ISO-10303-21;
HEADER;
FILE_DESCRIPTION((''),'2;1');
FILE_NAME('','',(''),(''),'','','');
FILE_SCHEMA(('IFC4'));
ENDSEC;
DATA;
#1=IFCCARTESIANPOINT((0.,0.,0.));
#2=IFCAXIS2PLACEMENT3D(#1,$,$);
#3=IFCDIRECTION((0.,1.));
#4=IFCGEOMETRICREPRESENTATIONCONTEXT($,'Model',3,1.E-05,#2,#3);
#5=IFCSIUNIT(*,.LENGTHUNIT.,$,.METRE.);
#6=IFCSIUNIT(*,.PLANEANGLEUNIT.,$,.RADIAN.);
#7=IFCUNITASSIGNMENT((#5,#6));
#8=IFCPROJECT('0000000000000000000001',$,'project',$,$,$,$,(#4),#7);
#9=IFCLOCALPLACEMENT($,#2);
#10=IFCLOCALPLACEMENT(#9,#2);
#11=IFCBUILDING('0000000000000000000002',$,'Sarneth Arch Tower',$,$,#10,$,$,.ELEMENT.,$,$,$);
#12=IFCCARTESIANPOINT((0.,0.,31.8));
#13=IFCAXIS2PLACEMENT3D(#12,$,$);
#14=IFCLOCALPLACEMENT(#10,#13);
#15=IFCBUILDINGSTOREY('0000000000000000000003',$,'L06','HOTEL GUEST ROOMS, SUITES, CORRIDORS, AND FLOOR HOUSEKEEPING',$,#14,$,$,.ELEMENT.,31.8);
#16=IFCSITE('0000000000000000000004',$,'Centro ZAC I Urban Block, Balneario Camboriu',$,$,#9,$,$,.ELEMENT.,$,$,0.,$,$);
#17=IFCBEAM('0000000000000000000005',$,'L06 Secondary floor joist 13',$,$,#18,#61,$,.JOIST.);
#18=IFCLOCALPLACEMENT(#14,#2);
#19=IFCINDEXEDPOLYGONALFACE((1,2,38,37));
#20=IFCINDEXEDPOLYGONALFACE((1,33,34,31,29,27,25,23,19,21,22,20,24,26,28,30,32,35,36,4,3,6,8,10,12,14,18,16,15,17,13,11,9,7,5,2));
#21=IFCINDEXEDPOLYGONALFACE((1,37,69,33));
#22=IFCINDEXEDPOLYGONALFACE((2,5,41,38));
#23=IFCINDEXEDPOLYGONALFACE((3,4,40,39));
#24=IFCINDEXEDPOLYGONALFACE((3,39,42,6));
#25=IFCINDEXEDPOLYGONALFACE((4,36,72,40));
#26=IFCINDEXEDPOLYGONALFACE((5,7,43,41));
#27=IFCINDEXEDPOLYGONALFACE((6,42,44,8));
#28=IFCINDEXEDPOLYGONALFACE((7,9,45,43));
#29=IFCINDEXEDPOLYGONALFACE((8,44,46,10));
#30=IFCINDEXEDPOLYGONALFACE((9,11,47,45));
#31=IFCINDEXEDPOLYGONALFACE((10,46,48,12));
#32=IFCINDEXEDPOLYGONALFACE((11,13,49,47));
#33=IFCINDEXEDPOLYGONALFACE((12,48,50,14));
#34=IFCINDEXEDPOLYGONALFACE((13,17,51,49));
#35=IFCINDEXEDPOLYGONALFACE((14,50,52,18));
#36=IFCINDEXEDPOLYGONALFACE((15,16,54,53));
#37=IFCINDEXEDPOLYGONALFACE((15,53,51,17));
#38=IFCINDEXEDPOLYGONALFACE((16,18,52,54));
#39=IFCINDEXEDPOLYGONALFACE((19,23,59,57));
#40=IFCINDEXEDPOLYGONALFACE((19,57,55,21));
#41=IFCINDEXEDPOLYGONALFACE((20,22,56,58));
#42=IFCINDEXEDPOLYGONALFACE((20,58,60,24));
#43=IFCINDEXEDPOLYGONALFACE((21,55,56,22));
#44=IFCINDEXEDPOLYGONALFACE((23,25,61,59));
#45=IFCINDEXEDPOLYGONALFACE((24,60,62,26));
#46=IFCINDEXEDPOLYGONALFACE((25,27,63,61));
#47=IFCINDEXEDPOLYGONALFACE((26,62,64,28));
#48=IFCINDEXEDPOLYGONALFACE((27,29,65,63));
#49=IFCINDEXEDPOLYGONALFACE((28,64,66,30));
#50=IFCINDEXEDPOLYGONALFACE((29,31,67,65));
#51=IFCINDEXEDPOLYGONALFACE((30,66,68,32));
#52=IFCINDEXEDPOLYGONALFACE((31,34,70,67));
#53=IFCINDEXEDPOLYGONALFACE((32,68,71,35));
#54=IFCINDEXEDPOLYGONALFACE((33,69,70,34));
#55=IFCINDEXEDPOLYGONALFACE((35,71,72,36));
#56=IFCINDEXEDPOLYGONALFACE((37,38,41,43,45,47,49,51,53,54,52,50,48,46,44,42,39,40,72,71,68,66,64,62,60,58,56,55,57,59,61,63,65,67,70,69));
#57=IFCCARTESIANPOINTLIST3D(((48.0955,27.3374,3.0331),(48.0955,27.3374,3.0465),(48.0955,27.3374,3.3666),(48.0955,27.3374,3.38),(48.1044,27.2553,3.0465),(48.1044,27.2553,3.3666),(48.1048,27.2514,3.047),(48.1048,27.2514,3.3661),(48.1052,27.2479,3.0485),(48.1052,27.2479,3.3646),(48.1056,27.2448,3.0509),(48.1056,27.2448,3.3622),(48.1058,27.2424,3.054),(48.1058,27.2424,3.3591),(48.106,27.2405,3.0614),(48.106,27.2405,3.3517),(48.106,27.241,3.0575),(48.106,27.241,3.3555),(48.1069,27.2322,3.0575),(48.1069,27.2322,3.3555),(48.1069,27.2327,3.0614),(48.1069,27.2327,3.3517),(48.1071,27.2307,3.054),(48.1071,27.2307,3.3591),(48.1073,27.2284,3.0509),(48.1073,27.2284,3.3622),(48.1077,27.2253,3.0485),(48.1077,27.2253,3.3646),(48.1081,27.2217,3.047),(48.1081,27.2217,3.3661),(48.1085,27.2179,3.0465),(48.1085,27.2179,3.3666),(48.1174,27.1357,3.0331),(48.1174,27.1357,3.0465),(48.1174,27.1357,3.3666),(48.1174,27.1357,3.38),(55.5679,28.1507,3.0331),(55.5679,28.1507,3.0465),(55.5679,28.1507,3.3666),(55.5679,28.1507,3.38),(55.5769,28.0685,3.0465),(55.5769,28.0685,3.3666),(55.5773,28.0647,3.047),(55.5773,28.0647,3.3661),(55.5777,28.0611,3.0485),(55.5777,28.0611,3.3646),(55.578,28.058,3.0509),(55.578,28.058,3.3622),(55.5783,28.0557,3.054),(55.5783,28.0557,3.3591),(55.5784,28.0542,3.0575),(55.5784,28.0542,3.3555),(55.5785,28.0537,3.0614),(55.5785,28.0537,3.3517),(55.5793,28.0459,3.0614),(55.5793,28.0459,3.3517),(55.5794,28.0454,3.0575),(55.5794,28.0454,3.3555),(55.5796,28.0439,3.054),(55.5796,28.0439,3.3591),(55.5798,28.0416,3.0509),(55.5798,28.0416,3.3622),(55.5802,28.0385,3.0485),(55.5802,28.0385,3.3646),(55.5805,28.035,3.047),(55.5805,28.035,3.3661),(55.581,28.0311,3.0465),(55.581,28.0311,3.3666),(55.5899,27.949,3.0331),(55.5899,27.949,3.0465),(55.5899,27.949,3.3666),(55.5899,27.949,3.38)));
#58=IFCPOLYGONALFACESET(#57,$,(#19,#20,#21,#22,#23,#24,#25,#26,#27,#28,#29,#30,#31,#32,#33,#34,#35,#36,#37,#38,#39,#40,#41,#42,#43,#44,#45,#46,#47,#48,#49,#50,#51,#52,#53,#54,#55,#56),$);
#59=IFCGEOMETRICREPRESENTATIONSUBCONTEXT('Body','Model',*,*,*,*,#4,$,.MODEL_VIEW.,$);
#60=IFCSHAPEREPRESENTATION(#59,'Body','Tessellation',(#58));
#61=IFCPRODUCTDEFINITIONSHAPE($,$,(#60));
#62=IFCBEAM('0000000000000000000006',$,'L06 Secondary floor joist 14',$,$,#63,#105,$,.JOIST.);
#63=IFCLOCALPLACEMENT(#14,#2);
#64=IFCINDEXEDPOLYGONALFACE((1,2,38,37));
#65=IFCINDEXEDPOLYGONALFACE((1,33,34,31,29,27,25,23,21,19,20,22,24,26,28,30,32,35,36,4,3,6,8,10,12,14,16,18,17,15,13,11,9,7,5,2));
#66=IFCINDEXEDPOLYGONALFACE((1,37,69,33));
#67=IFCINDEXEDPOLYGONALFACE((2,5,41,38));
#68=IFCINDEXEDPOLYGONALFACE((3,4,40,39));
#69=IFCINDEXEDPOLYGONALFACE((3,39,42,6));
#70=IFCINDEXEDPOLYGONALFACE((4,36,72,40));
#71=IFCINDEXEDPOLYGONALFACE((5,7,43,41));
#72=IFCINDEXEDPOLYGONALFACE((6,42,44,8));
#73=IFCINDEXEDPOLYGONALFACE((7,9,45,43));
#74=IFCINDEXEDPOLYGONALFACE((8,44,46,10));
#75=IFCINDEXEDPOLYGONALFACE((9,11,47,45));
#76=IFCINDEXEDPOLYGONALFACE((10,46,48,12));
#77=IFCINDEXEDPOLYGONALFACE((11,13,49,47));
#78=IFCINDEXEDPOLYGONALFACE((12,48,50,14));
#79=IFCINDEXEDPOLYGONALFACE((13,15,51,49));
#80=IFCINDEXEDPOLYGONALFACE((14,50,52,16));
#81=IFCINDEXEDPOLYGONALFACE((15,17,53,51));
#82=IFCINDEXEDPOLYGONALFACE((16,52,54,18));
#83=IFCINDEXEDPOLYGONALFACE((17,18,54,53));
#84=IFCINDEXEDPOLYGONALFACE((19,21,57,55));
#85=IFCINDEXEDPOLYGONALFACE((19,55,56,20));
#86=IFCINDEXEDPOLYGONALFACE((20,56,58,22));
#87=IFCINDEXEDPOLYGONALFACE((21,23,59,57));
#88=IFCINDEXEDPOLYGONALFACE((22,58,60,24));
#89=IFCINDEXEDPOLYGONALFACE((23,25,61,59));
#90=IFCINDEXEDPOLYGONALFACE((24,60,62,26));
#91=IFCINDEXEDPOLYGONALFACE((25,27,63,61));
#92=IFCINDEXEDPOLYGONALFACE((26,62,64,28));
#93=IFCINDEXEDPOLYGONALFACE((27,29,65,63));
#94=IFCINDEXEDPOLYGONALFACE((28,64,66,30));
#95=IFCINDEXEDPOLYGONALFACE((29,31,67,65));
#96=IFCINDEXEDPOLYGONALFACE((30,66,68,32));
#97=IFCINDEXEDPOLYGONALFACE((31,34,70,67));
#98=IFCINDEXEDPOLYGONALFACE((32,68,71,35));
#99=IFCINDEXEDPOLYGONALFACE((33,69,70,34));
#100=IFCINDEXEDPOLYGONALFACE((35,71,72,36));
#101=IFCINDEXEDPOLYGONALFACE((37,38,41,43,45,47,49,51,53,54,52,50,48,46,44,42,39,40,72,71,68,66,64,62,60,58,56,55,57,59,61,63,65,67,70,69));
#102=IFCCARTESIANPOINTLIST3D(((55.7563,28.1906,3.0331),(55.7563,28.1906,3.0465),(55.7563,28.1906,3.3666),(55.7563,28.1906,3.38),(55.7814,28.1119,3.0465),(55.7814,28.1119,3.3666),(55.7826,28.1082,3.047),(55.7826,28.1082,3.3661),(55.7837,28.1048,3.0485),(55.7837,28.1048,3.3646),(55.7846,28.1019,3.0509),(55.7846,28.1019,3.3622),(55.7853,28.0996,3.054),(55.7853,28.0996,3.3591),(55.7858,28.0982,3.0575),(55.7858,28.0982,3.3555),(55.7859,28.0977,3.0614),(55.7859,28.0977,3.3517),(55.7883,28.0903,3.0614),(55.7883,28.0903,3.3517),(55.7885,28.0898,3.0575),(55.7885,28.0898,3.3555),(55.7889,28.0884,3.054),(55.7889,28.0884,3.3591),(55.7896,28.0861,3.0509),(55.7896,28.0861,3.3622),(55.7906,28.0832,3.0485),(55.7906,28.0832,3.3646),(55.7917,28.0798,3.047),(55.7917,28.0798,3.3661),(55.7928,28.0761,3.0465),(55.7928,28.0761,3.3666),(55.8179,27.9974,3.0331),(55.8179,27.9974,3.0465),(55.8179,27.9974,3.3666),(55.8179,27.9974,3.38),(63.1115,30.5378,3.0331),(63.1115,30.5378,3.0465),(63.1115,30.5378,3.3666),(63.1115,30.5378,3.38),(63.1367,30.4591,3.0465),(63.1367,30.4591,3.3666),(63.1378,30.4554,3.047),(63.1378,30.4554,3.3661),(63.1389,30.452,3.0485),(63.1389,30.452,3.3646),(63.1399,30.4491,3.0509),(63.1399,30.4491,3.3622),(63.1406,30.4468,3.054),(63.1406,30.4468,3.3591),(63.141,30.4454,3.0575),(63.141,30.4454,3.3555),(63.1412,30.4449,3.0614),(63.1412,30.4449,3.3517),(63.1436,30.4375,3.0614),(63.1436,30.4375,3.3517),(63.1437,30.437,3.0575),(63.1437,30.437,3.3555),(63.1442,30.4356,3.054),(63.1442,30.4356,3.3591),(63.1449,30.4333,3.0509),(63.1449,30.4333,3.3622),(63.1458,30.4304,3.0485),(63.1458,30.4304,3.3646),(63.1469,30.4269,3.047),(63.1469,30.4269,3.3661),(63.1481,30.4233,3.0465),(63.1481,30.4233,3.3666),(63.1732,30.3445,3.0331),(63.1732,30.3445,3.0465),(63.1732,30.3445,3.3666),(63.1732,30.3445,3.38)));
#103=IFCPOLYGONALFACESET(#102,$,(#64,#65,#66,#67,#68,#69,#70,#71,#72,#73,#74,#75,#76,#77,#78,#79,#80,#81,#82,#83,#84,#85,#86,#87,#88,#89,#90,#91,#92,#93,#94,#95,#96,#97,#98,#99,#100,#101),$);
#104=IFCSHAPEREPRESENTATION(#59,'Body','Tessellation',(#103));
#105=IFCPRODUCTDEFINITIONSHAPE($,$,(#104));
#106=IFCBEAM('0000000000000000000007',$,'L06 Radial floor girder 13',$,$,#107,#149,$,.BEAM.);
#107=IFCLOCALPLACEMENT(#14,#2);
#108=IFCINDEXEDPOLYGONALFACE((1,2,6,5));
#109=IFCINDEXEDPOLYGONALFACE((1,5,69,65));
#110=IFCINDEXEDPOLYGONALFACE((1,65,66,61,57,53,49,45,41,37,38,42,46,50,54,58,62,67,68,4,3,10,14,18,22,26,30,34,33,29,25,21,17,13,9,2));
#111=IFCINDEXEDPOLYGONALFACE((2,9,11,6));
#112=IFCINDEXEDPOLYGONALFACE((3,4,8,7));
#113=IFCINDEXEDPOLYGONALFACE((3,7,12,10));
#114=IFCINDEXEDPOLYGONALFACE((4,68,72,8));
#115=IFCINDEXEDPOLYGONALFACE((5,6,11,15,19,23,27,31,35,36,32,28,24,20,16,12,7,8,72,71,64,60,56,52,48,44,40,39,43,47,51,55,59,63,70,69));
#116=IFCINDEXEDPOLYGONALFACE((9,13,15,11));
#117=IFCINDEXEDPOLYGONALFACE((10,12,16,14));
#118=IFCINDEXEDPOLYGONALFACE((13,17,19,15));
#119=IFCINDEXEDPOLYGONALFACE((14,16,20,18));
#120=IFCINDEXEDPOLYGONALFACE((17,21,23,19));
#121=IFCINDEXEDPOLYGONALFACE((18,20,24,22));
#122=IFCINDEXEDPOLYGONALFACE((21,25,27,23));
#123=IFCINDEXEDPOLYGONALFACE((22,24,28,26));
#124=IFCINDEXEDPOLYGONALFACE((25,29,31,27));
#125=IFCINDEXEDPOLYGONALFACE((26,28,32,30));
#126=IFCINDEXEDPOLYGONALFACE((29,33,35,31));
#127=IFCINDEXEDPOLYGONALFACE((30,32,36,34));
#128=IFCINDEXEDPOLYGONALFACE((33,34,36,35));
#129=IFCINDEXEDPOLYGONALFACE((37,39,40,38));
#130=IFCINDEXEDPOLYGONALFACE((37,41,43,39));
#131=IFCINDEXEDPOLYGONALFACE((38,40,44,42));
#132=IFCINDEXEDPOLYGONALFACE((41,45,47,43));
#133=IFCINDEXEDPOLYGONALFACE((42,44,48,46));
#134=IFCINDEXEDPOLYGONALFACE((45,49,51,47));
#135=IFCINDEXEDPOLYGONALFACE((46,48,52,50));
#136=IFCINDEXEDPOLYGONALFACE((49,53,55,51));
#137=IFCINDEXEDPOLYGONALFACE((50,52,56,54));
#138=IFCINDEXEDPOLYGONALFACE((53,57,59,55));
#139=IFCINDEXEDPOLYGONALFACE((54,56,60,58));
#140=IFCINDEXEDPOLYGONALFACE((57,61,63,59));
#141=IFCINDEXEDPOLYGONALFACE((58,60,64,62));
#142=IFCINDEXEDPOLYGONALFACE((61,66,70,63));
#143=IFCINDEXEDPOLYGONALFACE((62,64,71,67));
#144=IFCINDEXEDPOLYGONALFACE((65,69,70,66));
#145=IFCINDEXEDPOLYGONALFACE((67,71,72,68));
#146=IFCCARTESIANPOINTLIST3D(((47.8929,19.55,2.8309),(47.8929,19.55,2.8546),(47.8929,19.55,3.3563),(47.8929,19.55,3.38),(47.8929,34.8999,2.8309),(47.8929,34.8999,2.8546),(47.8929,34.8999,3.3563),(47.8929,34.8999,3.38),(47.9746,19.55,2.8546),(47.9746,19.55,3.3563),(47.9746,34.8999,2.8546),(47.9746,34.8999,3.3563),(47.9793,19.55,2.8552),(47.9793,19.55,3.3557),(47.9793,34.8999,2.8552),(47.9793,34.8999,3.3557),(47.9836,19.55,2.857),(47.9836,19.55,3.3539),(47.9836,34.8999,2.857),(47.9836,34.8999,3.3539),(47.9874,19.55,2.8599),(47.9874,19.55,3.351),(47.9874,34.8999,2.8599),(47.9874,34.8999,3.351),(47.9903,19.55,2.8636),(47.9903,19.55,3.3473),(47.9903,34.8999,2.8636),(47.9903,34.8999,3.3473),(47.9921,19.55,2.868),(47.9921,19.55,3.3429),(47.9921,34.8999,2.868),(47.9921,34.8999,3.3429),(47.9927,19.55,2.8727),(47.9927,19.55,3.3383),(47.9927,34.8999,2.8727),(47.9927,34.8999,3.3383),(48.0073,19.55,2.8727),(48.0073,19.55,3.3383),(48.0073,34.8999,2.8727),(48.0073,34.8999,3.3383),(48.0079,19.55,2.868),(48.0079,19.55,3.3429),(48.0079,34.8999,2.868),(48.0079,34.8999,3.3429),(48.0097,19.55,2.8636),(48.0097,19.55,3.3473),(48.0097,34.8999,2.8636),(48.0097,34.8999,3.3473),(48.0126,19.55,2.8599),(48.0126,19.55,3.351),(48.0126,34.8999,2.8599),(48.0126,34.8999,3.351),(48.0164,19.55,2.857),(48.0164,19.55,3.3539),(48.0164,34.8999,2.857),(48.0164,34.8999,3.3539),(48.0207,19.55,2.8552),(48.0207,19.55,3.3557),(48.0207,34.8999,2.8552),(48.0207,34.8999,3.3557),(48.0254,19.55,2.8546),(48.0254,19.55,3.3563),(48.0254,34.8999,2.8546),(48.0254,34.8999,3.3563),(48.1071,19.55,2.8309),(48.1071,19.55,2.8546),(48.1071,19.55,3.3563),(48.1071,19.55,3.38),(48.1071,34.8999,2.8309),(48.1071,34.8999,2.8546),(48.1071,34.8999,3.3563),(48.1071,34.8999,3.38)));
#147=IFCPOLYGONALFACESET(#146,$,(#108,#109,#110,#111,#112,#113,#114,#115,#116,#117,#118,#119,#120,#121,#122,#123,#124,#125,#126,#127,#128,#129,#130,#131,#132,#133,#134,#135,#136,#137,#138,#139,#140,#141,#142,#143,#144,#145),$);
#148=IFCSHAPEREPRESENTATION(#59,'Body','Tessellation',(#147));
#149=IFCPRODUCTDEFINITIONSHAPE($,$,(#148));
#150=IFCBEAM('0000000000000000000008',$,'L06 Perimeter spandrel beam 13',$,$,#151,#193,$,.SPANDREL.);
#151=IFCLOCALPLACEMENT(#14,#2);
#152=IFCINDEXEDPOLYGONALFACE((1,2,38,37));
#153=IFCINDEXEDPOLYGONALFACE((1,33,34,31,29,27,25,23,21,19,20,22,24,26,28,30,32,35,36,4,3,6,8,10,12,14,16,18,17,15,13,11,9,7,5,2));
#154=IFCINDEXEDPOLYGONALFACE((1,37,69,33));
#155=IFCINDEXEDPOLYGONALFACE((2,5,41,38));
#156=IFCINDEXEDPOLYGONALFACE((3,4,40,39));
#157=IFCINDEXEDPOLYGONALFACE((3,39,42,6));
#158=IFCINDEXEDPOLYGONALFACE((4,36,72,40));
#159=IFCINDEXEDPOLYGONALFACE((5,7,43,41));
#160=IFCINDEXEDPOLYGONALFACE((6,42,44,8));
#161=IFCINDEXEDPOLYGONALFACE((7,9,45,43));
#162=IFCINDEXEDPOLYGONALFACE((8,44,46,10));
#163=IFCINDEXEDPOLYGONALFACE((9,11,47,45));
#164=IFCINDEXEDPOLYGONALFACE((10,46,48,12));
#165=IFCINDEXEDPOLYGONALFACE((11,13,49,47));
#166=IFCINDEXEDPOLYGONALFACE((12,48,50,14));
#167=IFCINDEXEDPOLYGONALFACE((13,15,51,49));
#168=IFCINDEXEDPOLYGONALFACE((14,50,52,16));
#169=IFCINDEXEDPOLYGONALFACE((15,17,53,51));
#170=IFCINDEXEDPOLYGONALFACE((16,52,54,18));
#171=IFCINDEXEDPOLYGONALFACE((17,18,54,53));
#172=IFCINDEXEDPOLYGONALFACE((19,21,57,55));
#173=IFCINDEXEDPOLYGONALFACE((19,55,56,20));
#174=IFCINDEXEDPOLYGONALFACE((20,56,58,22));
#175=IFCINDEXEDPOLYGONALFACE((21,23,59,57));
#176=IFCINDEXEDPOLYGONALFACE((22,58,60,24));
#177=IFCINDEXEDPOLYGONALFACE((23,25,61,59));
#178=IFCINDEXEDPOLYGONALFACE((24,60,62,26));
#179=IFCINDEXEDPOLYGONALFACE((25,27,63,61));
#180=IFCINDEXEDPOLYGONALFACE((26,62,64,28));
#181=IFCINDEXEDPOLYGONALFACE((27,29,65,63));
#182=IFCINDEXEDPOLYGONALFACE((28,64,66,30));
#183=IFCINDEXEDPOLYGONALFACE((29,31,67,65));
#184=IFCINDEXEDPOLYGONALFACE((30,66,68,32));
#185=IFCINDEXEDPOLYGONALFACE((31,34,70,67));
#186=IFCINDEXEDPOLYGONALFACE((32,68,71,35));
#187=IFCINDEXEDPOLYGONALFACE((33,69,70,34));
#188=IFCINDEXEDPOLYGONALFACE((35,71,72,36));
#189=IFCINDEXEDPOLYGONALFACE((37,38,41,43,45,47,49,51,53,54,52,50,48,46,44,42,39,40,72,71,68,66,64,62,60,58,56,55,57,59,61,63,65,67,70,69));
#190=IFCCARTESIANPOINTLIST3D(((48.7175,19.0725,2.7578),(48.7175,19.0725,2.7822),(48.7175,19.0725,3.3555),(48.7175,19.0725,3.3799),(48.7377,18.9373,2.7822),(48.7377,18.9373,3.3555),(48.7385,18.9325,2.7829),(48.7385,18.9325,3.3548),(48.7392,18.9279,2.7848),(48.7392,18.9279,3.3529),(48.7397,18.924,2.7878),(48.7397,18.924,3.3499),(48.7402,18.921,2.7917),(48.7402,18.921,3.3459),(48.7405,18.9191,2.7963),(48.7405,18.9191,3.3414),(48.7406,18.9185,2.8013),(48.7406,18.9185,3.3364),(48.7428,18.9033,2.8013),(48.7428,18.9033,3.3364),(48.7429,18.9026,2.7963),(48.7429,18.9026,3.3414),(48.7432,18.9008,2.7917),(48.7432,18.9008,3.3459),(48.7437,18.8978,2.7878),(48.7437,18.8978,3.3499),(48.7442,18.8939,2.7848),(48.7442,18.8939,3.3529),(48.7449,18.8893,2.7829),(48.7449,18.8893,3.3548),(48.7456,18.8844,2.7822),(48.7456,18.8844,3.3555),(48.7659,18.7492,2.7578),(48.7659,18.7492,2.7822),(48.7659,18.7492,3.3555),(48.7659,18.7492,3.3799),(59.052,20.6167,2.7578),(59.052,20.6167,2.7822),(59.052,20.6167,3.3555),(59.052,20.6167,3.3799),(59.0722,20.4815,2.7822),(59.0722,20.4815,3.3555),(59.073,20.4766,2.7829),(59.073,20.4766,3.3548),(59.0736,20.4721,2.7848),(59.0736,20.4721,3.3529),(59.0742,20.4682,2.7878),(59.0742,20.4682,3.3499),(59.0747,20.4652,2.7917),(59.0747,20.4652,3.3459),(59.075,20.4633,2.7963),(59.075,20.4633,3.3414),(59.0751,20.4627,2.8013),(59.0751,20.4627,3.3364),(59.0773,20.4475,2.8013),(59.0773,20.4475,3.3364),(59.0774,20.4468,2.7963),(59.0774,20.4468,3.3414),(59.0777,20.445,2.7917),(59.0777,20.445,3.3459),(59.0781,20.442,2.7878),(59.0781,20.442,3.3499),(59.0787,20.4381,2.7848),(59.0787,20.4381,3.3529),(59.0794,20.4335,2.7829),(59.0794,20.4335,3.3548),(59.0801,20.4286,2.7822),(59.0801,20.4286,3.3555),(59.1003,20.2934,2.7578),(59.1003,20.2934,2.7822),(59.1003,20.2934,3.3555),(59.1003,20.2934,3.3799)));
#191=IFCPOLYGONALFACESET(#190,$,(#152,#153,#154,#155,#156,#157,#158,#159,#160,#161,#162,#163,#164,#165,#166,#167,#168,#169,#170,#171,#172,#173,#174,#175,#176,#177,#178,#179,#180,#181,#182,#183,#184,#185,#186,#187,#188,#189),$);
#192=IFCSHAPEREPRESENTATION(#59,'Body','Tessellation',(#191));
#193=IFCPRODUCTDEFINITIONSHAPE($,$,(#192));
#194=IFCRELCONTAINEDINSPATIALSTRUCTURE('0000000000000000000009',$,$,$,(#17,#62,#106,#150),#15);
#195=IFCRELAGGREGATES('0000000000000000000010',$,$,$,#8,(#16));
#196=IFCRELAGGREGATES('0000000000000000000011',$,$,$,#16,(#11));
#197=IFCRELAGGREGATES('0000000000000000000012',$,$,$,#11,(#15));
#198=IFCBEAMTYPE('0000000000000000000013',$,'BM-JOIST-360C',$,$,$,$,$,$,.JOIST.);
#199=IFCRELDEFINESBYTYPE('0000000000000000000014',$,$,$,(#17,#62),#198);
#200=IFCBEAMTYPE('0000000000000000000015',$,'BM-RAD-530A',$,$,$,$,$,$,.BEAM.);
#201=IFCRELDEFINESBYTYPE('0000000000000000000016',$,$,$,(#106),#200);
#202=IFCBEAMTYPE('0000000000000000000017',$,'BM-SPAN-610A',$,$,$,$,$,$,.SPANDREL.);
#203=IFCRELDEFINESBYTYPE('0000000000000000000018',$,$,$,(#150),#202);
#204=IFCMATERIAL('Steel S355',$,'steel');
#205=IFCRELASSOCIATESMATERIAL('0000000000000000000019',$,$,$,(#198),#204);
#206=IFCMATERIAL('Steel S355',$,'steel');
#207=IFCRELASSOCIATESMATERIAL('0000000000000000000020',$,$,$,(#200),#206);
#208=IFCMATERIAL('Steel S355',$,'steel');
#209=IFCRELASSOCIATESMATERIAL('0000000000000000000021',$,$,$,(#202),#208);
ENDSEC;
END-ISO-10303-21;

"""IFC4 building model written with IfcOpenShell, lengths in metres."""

from ifc_helpers import new_model, si_unit, direction, frame, origin, origin_2d, place, context, subcontext, project, spatial, i_section, extrude, material, material_profile, profile_set, type_object, element, save


model = new_model("IFC4")

# Units and contexts
model_context = context("Model", 3, precision=1e-05, world=origin(), true_north=direction((0.0, 1.0)))
body_context = subcontext(model_context, "Body", "Model", "MODEL_VIEW")
ifc_project = project(units=[si_unit("LENGTHUNIT", "METRE"), si_unit("PLANEANGLEUNIT", "RADIAN")], contexts=[model_context])

# Site, building, storey
site_placement = place(None, origin())
site = spatial("IfcSite", under=ifc_project, at=site_placement, Name="Centro ZAC I Urban Block, Balneario Camboriu", CompositionType="ELEMENT", RefElevation=0.0)
building_placement = place(site_placement, origin())
building = spatial("IfcBuilding", under=site, at=building_placement, Name="Sarneth Arch Tower", CompositionType="ELEMENT")
storey_placement = place(building_placement, frame((0.0, 0.0, 31.8)))
storey = spatial("IfcBuildingStorey", under=building, at=storey_placement, Name="L06", Description="HOTEL GUEST ROOMS, SUITES, CORRIDORS, AND FLOOR HOUSEKEEPING", CompositionType="ELEMENT", Elevation=31.8)

# Beams
ifc_material_1 = material(Name="Steel S355", Category="steel")
ifc_material_profile_1 = material_profile(ifc_material_1, i_section(OverallWidth=0.2029, OverallDepth=0.3469, WebThickness=0.0078, FlangeThickness=0.0134, FilletRadius=0.0149, at=origin_2d()), Name="W360x64")
ifc_profile_set_1 = profile_set([ifc_material_profile_1], Name="Steel S355")
beam_type_1 = type_object("IfcBeamType", Name="BM-JOIST-360C", PredefinedType="JOIST", material=ifc_profile_set_1)
beam_1_placement = place(storey_placement, frame((48.1064, 27.2366, 3.2065), z_axis=(0.99413, 0.108192, 0.0), x_axis=(-0.108192, 0.99413, 0.0)))
element("IfcBeam", 1, at=beam_1_placement, inside=storey, type_object=beam_type_1, Name="L06 Secondary floor joist 13", PredefinedType="JOIST", context=body_context, shape_type="SweptSolid", body=[
    extrude(i_section(OverallWidth=0.2029, OverallDepth=0.3469, WebThickness=0.0078, FlangeThickness=0.0134, FilletRadius=0.0149, at=origin_2d()), origin(), (0.0, 0.0, 1.0), 7.5166),
])
beam_2_placement = place(storey_placement, frame((55.7871, 28.094, 3.2065), z_axis=(0.952668, 0.304011, 0.0), x_axis=(-0.304011, 0.952668, 0.0)))
element("IfcBeam", 2, at=beam_2_placement, inside=storey, type_object=beam_type_1, Name="L06 Secondary floor joist 14", PredefinedType="JOIST", context=body_context, shape_type="SweptSolid", body=[
    extrude(i_section(OverallWidth=0.2029, OverallDepth=0.3469, WebThickness=0.0078, FlangeThickness=0.0134, FilletRadius=0.0149, at=origin_2d()), origin(), (0.0, 0.0, 1.0), 7.7207),
])
ifc_material_2 = material(Name="Steel S355", Category="steel")
ifc_material_profile_2 = material_profile(ifc_material_2, i_section(OverallWidth=0.2141, OverallDepth=0.5491, WebThickness=0.0146, FlangeThickness=0.0237, FilletRadius=0.0181, at=origin_2d()), Name="W530x138")
ifc_profile_set_2 = profile_set([ifc_material_profile_2], Name="Steel S355")
beam_type_2 = type_object("IfcBeamType", Name="BM-RAD-530A", PredefinedType="BEAM", material=ifc_profile_set_2)
beam_3_placement = place(storey_placement, frame((48.0, 34.8999, 3.1055), z_axis=(0.0, -1.0, 0.0), x_axis=(1.0, 0.0, 0.0)))
element("IfcBeam", 3, at=beam_3_placement, inside=storey, type_object=beam_type_2, Name="L06 Radial floor girder 13", PredefinedType="BEAM", context=body_context, shape_type="SweptSolid", body=[
    extrude(i_section(OverallWidth=0.2141, OverallDepth=0.5491, WebThickness=0.0146, FlangeThickness=0.0237, FilletRadius=0.0181, at=origin_2d()), origin(), (0.0, 0.0, 1.0), 15.3499),
])
ifc_material_3 = material(Name="Steel S355", Category="steel")
ifc_material_profile_3 = material_profile(ifc_material_3, i_section(OverallWidth=0.3269, OverallDepth=0.6221, WebThickness=0.0154, FlangeThickness=0.0244, FilletRadius=0.019, at=origin_2d()), Name="W610x195")
ifc_profile_set_3 = profile_set([ifc_material_profile_3], Name="Steel S355")
beam_type_3 = type_object("IfcBeamType", Name="BM-SPAN-610A", PredefinedType="SPANDREL", material=ifc_profile_set_3)
beam_4_placement = place(storey_placement, frame((48.7417, 18.9109, 3.0688), z_axis=(0.98902, 0.147781, 0.0), x_axis=(-0.147781, 0.98902, 0.0)))
element("IfcBeam", 4, at=beam_4_placement, inside=storey, type_object=beam_type_3, Name="L06 Perimeter spandrel beam 13", PredefinedType="SPANDREL", context=body_context, shape_type="SweptSolid", body=[
    extrude(i_section(OverallWidth=0.3269, OverallDepth=0.6221, WebThickness=0.0154, FlangeThickness=0.0244, FilletRadius=0.019, at=origin_2d()), origin(), (0.0, 0.0, 1.0), 10.4492),
])

save(model, "model.ifc")
